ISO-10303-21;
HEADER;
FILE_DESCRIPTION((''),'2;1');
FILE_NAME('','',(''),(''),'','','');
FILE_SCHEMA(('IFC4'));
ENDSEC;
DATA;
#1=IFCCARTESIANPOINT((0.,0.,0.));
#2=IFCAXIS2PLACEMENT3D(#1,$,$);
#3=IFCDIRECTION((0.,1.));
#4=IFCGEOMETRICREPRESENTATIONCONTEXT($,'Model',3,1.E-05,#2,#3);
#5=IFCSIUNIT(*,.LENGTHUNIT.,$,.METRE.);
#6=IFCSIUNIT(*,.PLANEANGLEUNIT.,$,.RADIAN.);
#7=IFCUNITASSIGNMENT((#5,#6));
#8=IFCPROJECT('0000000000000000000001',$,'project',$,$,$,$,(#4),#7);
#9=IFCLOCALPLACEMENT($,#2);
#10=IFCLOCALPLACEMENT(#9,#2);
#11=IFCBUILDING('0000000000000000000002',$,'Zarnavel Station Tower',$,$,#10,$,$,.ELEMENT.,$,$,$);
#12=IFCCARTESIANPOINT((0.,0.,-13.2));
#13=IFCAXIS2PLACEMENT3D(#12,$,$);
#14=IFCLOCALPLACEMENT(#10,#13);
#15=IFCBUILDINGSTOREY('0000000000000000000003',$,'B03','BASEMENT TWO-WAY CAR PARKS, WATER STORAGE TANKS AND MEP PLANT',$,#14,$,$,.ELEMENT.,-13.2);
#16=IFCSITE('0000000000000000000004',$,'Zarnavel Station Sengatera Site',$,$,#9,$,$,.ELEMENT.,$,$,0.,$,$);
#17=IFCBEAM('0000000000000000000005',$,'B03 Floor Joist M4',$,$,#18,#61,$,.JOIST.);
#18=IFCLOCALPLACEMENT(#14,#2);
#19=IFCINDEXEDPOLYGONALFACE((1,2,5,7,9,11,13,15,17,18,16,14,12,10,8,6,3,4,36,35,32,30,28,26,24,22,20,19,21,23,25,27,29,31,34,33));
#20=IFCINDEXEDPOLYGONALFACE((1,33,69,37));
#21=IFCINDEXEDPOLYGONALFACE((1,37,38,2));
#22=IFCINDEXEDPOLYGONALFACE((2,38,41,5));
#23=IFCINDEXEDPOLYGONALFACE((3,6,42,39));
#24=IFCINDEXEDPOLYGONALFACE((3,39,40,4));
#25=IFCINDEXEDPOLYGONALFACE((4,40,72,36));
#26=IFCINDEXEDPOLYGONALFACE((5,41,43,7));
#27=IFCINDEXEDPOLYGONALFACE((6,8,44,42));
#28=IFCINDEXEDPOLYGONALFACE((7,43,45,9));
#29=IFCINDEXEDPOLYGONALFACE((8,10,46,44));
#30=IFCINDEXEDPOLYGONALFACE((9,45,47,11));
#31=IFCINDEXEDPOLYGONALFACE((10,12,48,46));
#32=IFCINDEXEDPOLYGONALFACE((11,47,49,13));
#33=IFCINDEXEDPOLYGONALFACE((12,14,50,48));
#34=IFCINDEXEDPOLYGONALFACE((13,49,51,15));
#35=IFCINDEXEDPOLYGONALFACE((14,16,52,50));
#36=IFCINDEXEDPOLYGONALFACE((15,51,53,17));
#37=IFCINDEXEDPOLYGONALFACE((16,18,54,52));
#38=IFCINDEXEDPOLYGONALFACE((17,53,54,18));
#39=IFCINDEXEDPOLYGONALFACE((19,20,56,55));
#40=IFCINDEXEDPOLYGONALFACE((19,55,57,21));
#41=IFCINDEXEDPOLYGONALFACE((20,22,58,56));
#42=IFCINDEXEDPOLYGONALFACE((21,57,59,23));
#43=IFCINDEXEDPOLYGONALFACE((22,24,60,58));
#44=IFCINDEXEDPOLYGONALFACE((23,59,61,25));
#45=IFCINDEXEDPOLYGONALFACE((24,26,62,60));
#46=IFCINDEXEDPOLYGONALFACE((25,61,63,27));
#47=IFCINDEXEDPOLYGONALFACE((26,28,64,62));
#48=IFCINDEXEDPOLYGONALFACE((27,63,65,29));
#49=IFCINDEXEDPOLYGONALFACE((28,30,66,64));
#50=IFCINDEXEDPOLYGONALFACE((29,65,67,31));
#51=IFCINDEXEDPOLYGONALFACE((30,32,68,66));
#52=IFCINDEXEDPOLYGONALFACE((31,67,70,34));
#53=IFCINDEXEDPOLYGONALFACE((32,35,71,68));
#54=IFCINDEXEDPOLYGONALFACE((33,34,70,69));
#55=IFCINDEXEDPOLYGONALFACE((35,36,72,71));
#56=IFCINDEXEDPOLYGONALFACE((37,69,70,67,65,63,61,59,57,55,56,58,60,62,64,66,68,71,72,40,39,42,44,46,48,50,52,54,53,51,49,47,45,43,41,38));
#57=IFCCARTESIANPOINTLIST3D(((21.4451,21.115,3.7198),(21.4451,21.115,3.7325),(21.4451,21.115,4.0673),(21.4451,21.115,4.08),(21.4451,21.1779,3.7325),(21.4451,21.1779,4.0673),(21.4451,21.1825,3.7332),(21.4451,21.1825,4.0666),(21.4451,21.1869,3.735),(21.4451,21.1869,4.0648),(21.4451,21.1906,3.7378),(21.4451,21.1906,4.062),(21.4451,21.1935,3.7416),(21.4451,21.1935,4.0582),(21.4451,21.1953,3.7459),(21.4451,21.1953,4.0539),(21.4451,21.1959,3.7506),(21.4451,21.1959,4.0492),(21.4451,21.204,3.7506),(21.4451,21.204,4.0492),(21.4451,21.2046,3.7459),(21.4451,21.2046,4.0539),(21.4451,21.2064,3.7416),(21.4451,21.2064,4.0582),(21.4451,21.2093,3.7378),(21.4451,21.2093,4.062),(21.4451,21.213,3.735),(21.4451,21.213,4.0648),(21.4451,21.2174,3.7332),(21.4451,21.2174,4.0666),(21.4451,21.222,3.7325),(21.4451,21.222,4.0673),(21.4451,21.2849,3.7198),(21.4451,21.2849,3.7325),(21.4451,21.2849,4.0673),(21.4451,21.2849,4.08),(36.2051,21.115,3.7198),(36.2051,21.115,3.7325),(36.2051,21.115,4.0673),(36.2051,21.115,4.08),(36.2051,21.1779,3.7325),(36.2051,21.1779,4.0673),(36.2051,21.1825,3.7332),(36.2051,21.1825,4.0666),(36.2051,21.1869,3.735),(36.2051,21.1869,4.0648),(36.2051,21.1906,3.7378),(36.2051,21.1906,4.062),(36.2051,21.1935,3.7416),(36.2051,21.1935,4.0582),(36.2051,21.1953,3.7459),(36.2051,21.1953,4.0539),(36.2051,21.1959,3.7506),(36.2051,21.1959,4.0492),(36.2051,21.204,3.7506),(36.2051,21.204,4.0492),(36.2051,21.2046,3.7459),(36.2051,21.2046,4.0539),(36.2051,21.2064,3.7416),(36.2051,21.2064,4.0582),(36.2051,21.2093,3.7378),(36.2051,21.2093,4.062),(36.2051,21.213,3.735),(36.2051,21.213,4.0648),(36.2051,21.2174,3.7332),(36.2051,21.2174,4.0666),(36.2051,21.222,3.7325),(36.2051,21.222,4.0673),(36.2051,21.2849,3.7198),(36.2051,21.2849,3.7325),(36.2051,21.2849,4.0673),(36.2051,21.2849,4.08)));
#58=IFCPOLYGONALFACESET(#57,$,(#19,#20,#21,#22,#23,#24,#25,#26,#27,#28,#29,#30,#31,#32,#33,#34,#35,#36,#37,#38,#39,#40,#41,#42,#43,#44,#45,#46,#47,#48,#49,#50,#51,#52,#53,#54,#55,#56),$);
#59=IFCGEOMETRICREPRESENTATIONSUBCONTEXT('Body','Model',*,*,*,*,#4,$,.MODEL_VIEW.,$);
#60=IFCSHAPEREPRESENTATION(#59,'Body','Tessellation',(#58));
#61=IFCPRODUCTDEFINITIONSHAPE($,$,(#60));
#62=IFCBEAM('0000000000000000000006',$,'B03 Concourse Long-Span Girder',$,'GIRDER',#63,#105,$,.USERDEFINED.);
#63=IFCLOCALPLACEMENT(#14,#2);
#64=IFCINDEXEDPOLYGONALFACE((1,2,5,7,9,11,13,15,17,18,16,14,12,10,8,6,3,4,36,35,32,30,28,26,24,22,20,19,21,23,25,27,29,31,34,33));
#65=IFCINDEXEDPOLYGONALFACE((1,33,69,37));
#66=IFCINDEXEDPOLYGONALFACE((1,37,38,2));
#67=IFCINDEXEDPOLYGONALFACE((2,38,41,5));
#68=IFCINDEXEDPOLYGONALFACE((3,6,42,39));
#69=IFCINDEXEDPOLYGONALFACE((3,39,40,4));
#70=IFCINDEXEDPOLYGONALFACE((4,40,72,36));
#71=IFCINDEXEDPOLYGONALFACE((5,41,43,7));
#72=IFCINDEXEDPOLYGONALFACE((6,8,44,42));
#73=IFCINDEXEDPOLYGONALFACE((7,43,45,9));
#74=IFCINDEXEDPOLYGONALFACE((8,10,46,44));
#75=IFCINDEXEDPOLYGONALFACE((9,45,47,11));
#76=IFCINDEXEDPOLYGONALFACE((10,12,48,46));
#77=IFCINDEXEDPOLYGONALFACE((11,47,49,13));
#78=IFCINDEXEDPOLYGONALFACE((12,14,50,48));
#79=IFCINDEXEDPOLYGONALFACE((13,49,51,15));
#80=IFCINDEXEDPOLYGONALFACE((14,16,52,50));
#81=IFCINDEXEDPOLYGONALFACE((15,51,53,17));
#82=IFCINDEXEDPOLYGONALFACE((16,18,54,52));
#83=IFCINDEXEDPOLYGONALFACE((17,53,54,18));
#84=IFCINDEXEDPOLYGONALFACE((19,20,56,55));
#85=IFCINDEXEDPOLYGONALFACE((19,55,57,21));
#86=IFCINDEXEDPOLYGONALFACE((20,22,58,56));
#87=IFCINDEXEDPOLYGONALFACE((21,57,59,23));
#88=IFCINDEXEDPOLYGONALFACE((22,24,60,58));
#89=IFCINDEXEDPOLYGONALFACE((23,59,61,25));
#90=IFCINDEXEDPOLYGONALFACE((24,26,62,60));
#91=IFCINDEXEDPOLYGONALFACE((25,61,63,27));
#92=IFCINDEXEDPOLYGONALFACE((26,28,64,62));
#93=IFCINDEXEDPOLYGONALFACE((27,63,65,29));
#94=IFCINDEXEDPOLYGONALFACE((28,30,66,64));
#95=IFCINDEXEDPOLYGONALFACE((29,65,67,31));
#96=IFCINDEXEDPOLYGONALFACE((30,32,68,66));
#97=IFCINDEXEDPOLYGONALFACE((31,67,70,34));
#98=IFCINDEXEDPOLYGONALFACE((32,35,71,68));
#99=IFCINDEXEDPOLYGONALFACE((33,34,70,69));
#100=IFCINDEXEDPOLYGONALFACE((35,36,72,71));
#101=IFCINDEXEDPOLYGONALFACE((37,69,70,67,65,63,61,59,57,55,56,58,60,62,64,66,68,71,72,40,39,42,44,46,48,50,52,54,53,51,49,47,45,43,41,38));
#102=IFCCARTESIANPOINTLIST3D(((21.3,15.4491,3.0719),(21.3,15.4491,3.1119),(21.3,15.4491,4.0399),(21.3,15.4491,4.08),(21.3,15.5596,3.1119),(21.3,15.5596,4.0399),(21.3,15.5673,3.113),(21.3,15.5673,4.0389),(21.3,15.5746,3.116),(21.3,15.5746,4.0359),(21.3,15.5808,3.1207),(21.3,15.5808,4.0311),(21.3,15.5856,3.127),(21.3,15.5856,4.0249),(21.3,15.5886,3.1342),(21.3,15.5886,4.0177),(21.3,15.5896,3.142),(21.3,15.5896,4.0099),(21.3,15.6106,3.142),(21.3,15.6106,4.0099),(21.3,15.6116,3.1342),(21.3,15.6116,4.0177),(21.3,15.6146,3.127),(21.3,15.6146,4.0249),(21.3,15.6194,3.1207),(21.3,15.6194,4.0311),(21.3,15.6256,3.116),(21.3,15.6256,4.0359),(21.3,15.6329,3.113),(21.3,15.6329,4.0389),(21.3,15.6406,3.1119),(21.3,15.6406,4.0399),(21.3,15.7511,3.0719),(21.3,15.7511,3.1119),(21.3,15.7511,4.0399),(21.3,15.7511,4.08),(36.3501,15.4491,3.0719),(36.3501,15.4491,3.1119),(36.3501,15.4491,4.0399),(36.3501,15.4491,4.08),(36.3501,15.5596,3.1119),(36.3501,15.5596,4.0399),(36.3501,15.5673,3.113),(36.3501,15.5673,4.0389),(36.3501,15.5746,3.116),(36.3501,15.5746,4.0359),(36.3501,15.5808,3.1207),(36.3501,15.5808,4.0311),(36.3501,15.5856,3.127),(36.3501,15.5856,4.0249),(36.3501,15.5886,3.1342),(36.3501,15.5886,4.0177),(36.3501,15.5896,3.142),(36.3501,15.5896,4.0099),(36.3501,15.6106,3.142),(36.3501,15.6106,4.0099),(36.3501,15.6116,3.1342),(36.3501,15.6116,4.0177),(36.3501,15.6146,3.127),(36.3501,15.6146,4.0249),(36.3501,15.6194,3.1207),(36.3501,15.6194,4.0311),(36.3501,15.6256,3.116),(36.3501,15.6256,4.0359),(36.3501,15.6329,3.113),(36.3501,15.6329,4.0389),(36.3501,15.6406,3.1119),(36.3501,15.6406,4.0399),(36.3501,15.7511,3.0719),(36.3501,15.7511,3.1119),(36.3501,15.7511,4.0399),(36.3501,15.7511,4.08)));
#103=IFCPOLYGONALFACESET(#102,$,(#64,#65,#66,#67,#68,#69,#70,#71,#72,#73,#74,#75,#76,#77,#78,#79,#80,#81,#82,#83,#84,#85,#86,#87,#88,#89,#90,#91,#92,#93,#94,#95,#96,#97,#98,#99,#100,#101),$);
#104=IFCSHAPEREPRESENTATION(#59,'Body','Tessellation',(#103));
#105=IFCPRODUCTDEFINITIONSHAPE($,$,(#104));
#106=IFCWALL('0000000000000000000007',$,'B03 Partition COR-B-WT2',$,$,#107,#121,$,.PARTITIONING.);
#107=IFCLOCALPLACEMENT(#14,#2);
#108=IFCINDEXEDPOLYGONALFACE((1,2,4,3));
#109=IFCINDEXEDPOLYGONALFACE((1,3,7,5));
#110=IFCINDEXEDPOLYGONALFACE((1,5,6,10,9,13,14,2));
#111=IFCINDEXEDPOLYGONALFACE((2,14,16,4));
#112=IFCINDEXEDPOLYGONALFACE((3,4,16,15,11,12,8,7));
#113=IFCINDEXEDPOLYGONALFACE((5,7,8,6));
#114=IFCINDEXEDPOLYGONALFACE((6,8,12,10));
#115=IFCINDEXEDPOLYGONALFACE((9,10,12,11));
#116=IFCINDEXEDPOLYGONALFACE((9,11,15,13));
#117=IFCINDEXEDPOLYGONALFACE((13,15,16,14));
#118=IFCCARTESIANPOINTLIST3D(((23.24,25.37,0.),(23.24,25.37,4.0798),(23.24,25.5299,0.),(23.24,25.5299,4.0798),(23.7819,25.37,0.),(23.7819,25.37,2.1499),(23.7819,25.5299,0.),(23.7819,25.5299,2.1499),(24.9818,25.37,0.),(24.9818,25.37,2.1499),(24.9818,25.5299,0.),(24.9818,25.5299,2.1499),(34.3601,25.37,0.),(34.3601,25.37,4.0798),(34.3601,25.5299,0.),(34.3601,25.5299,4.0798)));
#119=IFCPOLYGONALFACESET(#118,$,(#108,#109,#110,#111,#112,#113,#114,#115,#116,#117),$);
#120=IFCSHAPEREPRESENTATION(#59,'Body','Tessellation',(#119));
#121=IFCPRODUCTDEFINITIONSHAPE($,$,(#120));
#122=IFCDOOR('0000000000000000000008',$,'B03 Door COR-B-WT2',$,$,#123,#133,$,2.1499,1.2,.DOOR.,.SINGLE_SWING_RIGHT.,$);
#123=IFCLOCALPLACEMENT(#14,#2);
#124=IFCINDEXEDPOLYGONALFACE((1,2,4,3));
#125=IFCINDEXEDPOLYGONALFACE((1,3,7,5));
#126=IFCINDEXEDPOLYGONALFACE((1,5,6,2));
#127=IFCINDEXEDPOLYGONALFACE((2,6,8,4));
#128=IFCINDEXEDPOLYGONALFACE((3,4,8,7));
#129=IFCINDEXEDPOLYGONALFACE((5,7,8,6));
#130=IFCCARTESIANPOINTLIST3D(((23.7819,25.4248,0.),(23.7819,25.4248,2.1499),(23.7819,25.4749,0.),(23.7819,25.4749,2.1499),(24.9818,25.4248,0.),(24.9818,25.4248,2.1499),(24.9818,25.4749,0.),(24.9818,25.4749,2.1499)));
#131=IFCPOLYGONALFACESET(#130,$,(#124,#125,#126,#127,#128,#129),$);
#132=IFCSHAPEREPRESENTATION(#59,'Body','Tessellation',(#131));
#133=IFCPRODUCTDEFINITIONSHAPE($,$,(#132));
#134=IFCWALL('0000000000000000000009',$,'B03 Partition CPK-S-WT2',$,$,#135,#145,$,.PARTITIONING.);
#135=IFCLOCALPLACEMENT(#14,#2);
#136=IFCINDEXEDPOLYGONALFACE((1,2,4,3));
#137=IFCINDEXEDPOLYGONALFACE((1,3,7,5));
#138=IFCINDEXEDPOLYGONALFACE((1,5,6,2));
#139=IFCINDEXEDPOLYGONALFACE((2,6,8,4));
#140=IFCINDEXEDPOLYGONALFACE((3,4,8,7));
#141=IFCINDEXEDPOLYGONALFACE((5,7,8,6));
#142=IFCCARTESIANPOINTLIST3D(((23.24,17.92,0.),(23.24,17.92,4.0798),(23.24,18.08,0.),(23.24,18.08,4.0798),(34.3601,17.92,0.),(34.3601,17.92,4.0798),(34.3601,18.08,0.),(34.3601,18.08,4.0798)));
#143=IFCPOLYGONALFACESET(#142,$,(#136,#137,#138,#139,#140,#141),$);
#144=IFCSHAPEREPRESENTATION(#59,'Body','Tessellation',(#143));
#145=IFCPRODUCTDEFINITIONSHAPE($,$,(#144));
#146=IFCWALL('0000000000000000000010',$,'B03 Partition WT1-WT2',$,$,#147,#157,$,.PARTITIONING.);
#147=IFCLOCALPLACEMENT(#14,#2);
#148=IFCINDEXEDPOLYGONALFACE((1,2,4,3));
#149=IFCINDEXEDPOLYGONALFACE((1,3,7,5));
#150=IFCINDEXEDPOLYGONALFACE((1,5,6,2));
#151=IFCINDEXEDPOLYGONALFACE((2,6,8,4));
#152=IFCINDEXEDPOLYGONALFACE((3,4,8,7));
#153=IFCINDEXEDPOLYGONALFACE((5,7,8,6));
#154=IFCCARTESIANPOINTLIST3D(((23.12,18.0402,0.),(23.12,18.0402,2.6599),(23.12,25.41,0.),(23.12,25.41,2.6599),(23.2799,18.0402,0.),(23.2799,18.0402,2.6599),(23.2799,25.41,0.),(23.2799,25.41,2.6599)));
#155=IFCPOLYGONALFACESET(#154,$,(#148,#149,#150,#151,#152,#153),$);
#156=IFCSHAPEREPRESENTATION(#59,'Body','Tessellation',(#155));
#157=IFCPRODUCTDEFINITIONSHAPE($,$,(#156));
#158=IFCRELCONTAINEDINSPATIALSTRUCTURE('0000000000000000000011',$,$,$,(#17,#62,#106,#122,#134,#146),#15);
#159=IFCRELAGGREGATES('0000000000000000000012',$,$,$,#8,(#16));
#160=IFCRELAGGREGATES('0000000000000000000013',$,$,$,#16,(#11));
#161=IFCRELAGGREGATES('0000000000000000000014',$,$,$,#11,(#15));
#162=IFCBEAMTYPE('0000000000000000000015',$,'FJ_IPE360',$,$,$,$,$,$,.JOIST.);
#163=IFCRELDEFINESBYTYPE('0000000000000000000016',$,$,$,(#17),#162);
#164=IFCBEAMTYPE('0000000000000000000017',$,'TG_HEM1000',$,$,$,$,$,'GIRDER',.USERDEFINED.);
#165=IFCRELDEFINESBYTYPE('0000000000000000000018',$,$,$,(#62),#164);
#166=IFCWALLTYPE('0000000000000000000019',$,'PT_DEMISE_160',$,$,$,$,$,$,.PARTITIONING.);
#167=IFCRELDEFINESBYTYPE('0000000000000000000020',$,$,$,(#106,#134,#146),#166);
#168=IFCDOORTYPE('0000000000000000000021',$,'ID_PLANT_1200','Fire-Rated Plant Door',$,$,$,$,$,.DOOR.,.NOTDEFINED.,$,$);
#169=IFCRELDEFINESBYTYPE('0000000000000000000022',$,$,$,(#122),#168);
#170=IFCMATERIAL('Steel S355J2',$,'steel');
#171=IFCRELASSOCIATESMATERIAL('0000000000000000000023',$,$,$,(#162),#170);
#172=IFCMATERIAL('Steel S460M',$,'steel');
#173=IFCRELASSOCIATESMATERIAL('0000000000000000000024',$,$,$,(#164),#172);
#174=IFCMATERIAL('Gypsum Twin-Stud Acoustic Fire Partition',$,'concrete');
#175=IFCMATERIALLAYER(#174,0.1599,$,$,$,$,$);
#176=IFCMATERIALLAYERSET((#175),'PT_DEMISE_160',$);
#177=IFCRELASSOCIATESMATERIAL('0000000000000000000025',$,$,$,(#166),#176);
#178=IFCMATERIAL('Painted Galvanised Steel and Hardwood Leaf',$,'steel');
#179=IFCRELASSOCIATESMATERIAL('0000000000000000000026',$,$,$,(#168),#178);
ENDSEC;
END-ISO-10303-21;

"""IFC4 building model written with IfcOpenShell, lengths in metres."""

from ifc_helpers import new_model, si_unit, direction, frame, frame_2d, origin, origin_2d, place, context, subcontext, project, spatial, rectangle, i_section, extrude, material, layer, layer_set, material_profile, profile_set, type_object, element, fill, save


model = new_model("IFC4")

# Units and contexts
model_context = context("Model", 3, precision=1e-05, world=origin(), true_north=direction((0.0, 1.0)))
body_context = subcontext(model_context, "Body", "Model", "MODEL_VIEW")
ifc_project = project(units=[si_unit("LENGTHUNIT", "METRE"), si_unit("PLANEANGLEUNIT", "RADIAN")], contexts=[model_context])

# Site, building, storey
site_placement = place(None, origin())
site = spatial("IfcSite", under=ifc_project, at=site_placement, Name="Zarnavel Station Sengatera Site", CompositionType="ELEMENT", RefElevation=0.0)
building_placement = place(site_placement, origin())
building = spatial("IfcBuilding", under=site, at=building_placement, Name="Zarnavel Station Tower", CompositionType="ELEMENT")
storey_placement = place(building_placement, frame((0.0, 0.0, -13.2)))
storey = spatial("IfcBuildingStorey", under=building, at=storey_placement, Name="B03", Description="BASEMENT TWO-WAY CAR PARKS, WATER STORAGE TANKS AND MEP PLANT", CompositionType="ELEMENT", Elevation=-13.2)

# Beams
ifc_material_1 = material(Name="Steel S355J2", Category="steel")
ifc_material_profile_1 = material_profile(ifc_material_1, i_section(OverallWidth=0.1699, OverallDepth=0.3601, WebThickness=0.0081, FlangeThickness=0.0127, FilletRadius=0.0181, at=origin_2d()), Name="IPE360")
ifc_profile_set_1 = profile_set([ifc_material_profile_1], Name="Steel S355J2")
beam_type_1 = type_object("IfcBeamType", Name="FJ_IPE360", PredefinedType="JOIST", material=ifc_profile_set_1)
beam_1_placement = place(storey_placement, frame((21.4451, 21.2, 3.8999), z_axis=(1.0, 0.0, 0.0), x_axis=(0.0, 1.0, 0.0)))
element("IfcBeam", 1, at=beam_1_placement, inside=storey, type_object=beam_type_1, Name="B03 Floor Joist M4", PredefinedType="JOIST", context=body_context, shape_type="SweptSolid", body=[
    extrude(i_section(OverallWidth=0.1699, OverallDepth=0.3601, WebThickness=0.0081, FlangeThickness=0.0127, FilletRadius=0.0181, at=origin_2d()), origin(), (0.0, 0.0, 1.0), 14.76),
])
ifc_material_2 = material(Name="Steel S460M", Category="steel")
ifc_material_profile_2 = material_profile(ifc_material_2, i_section(OverallWidth=0.302, OverallDepth=1.0081, WebThickness=0.021, FlangeThickness=0.04, FilletRadius=0.03, at=origin_2d()), Name="HEM1000")
ifc_profile_set_2 = profile_set([ifc_material_profile_2], Name="Steel S460M")
beam_type_2 = type_object("IfcBeamType", Name="TG_HEM1000", ElementType="GIRDER", PredefinedType="USERDEFINED", material=ifc_profile_set_2)
beam_2_placement = place(storey_placement, frame((21.3, 15.6001, 3.5759), z_axis=(1.0, 0.0, 0.0), x_axis=(0.0, 1.0, 0.0)))
element("IfcBeam", 2, at=beam_2_placement, inside=storey, type_object=beam_type_2, Name="B03 Concourse Long-Span Girder", ObjectType="GIRDER", PredefinedType="USERDEFINED", context=body_context, shape_type="SweptSolid", body=[
    extrude(i_section(OverallWidth=0.302, OverallDepth=1.0081, WebThickness=0.021, FlangeThickness=0.04, FilletRadius=0.03, at=origin_2d()), origin(), (0.0, 0.0, 1.0), 15.05),
])

# Wall, opening, door
ifc_material_3 = material(Name="Gypsum Twin-Stud Acoustic Fire Partition", Category="concrete")
ifc_layer = layer(ifc_material_3, 0.1599)
ifc_layer_set = layer_set([ifc_layer], Name="PT_DEMISE_160")
wall_type = type_object("IfcWallType", Name="PT_DEMISE_160", PredefinedType="PARTITIONING", material=ifc_layer_set)
wall_1_placement = place(storey_placement, frame((23.24, 25.45, 0.0), z_axis=(0.0, 0.0, 1.0), x_axis=(1.0, 0.0, 0.0)))
wall_1 = element("IfcWall", 3, at=wall_1_placement, inside=storey, type_object=wall_type, Name="B03 Partition COR-B-WT2", PredefinedType="PARTITIONING", context=body_context, shape_type="SweptSolid", body=[
    extrude(rectangle(XDim=11.1201, YDim=0.1599, at=frame_2d((5.5601, 0.0))), origin(), (0.0, 0.0, 1.0), 4.0798),
])
opening_placement = place(wall_1_placement, frame((0.5417, 0.0, 0.0)))
opening = element("IfcOpeningElement", 4, at=opening_placement, cuts=wall_1, PredefinedType="OPENING", context=body_context, shape_type="SweptSolid", body=[
    extrude(rectangle(XDim=1.2, YDim=2.1499, at=frame_2d((0.6001, 1.075))), frame((0.0, 0.0898, 0.0), z_axis=(0.0, -1.0, 0.0), x_axis=(1.0, 0.0, 0.0)), (0.0, 0.0, 1.0), 0.1799),
])
ifc_material_4 = material(Name="Painted Galvanised Steel and Hardwood Leaf", Category="steel")
door_type = type_object("IfcDoorType", Name="ID_PLANT_1200", Description="Fire-Rated Plant Door", OperationType="NOTDEFINED", PredefinedType="DOOR", material=ifc_material_4)
door_placement = place(opening_placement, origin())
door = element("IfcDoor", 5, at=door_placement, inside=storey, type_object=door_type, Name="B03 Door COR-B-WT2", OperationType="SINGLE_SWING_RIGHT", OverallHeight=2.1499, OverallWidth=1.2, PredefinedType="DOOR", context=body_context, shape_type="SweptSolid", body=[
    extrude(rectangle(XDim=1.2, YDim=2.1499, at=frame_2d((0.6001, 1.075))), frame((0.0, 0.0249, 0.0), z_axis=(0.0, -1.0, 0.0), x_axis=(1.0, 0.0, 0.0)), (0.0, 0.0, 1.0), 0.05),
])
fill(opening, door)

# Walls
wall_2_placement = place(storey_placement, frame((23.24, 18.0, 0.0), z_axis=(0.0, 0.0, 1.0), x_axis=(1.0, 0.0, 0.0)))
element("IfcWall", 6, at=wall_2_placement, inside=storey, type_object=wall_type, Name="B03 Partition CPK-S-WT2", PredefinedType="PARTITIONING", context=body_context, shape_type="SweptSolid", body=[
    extrude(rectangle(XDim=11.1201, YDim=0.1599, at=frame_2d((5.5601, 0.0))), origin(), (0.0, 0.0, 1.0), 4.0798),
])
wall_3_placement = place(storey_placement, frame((23.2, 18.04, 0.0), z_axis=(0.0, 0.0, 1.0), x_axis=(0.0, 1.0, 0.0)))
element("IfcWall", 7, at=wall_3_placement, inside=storey, type_object=wall_type, Name="B03 Partition WT1-WT2", PredefinedType="PARTITIONING", context=body_context, shape_type="SweptSolid", body=[
    extrude(rectangle(XDim=7.3699, YDim=0.1599, at=frame_2d((3.6851, 0.0))), origin(), (0.0, 0.0, 1.0), 2.6599),
])

save(model, "model.ifc")
